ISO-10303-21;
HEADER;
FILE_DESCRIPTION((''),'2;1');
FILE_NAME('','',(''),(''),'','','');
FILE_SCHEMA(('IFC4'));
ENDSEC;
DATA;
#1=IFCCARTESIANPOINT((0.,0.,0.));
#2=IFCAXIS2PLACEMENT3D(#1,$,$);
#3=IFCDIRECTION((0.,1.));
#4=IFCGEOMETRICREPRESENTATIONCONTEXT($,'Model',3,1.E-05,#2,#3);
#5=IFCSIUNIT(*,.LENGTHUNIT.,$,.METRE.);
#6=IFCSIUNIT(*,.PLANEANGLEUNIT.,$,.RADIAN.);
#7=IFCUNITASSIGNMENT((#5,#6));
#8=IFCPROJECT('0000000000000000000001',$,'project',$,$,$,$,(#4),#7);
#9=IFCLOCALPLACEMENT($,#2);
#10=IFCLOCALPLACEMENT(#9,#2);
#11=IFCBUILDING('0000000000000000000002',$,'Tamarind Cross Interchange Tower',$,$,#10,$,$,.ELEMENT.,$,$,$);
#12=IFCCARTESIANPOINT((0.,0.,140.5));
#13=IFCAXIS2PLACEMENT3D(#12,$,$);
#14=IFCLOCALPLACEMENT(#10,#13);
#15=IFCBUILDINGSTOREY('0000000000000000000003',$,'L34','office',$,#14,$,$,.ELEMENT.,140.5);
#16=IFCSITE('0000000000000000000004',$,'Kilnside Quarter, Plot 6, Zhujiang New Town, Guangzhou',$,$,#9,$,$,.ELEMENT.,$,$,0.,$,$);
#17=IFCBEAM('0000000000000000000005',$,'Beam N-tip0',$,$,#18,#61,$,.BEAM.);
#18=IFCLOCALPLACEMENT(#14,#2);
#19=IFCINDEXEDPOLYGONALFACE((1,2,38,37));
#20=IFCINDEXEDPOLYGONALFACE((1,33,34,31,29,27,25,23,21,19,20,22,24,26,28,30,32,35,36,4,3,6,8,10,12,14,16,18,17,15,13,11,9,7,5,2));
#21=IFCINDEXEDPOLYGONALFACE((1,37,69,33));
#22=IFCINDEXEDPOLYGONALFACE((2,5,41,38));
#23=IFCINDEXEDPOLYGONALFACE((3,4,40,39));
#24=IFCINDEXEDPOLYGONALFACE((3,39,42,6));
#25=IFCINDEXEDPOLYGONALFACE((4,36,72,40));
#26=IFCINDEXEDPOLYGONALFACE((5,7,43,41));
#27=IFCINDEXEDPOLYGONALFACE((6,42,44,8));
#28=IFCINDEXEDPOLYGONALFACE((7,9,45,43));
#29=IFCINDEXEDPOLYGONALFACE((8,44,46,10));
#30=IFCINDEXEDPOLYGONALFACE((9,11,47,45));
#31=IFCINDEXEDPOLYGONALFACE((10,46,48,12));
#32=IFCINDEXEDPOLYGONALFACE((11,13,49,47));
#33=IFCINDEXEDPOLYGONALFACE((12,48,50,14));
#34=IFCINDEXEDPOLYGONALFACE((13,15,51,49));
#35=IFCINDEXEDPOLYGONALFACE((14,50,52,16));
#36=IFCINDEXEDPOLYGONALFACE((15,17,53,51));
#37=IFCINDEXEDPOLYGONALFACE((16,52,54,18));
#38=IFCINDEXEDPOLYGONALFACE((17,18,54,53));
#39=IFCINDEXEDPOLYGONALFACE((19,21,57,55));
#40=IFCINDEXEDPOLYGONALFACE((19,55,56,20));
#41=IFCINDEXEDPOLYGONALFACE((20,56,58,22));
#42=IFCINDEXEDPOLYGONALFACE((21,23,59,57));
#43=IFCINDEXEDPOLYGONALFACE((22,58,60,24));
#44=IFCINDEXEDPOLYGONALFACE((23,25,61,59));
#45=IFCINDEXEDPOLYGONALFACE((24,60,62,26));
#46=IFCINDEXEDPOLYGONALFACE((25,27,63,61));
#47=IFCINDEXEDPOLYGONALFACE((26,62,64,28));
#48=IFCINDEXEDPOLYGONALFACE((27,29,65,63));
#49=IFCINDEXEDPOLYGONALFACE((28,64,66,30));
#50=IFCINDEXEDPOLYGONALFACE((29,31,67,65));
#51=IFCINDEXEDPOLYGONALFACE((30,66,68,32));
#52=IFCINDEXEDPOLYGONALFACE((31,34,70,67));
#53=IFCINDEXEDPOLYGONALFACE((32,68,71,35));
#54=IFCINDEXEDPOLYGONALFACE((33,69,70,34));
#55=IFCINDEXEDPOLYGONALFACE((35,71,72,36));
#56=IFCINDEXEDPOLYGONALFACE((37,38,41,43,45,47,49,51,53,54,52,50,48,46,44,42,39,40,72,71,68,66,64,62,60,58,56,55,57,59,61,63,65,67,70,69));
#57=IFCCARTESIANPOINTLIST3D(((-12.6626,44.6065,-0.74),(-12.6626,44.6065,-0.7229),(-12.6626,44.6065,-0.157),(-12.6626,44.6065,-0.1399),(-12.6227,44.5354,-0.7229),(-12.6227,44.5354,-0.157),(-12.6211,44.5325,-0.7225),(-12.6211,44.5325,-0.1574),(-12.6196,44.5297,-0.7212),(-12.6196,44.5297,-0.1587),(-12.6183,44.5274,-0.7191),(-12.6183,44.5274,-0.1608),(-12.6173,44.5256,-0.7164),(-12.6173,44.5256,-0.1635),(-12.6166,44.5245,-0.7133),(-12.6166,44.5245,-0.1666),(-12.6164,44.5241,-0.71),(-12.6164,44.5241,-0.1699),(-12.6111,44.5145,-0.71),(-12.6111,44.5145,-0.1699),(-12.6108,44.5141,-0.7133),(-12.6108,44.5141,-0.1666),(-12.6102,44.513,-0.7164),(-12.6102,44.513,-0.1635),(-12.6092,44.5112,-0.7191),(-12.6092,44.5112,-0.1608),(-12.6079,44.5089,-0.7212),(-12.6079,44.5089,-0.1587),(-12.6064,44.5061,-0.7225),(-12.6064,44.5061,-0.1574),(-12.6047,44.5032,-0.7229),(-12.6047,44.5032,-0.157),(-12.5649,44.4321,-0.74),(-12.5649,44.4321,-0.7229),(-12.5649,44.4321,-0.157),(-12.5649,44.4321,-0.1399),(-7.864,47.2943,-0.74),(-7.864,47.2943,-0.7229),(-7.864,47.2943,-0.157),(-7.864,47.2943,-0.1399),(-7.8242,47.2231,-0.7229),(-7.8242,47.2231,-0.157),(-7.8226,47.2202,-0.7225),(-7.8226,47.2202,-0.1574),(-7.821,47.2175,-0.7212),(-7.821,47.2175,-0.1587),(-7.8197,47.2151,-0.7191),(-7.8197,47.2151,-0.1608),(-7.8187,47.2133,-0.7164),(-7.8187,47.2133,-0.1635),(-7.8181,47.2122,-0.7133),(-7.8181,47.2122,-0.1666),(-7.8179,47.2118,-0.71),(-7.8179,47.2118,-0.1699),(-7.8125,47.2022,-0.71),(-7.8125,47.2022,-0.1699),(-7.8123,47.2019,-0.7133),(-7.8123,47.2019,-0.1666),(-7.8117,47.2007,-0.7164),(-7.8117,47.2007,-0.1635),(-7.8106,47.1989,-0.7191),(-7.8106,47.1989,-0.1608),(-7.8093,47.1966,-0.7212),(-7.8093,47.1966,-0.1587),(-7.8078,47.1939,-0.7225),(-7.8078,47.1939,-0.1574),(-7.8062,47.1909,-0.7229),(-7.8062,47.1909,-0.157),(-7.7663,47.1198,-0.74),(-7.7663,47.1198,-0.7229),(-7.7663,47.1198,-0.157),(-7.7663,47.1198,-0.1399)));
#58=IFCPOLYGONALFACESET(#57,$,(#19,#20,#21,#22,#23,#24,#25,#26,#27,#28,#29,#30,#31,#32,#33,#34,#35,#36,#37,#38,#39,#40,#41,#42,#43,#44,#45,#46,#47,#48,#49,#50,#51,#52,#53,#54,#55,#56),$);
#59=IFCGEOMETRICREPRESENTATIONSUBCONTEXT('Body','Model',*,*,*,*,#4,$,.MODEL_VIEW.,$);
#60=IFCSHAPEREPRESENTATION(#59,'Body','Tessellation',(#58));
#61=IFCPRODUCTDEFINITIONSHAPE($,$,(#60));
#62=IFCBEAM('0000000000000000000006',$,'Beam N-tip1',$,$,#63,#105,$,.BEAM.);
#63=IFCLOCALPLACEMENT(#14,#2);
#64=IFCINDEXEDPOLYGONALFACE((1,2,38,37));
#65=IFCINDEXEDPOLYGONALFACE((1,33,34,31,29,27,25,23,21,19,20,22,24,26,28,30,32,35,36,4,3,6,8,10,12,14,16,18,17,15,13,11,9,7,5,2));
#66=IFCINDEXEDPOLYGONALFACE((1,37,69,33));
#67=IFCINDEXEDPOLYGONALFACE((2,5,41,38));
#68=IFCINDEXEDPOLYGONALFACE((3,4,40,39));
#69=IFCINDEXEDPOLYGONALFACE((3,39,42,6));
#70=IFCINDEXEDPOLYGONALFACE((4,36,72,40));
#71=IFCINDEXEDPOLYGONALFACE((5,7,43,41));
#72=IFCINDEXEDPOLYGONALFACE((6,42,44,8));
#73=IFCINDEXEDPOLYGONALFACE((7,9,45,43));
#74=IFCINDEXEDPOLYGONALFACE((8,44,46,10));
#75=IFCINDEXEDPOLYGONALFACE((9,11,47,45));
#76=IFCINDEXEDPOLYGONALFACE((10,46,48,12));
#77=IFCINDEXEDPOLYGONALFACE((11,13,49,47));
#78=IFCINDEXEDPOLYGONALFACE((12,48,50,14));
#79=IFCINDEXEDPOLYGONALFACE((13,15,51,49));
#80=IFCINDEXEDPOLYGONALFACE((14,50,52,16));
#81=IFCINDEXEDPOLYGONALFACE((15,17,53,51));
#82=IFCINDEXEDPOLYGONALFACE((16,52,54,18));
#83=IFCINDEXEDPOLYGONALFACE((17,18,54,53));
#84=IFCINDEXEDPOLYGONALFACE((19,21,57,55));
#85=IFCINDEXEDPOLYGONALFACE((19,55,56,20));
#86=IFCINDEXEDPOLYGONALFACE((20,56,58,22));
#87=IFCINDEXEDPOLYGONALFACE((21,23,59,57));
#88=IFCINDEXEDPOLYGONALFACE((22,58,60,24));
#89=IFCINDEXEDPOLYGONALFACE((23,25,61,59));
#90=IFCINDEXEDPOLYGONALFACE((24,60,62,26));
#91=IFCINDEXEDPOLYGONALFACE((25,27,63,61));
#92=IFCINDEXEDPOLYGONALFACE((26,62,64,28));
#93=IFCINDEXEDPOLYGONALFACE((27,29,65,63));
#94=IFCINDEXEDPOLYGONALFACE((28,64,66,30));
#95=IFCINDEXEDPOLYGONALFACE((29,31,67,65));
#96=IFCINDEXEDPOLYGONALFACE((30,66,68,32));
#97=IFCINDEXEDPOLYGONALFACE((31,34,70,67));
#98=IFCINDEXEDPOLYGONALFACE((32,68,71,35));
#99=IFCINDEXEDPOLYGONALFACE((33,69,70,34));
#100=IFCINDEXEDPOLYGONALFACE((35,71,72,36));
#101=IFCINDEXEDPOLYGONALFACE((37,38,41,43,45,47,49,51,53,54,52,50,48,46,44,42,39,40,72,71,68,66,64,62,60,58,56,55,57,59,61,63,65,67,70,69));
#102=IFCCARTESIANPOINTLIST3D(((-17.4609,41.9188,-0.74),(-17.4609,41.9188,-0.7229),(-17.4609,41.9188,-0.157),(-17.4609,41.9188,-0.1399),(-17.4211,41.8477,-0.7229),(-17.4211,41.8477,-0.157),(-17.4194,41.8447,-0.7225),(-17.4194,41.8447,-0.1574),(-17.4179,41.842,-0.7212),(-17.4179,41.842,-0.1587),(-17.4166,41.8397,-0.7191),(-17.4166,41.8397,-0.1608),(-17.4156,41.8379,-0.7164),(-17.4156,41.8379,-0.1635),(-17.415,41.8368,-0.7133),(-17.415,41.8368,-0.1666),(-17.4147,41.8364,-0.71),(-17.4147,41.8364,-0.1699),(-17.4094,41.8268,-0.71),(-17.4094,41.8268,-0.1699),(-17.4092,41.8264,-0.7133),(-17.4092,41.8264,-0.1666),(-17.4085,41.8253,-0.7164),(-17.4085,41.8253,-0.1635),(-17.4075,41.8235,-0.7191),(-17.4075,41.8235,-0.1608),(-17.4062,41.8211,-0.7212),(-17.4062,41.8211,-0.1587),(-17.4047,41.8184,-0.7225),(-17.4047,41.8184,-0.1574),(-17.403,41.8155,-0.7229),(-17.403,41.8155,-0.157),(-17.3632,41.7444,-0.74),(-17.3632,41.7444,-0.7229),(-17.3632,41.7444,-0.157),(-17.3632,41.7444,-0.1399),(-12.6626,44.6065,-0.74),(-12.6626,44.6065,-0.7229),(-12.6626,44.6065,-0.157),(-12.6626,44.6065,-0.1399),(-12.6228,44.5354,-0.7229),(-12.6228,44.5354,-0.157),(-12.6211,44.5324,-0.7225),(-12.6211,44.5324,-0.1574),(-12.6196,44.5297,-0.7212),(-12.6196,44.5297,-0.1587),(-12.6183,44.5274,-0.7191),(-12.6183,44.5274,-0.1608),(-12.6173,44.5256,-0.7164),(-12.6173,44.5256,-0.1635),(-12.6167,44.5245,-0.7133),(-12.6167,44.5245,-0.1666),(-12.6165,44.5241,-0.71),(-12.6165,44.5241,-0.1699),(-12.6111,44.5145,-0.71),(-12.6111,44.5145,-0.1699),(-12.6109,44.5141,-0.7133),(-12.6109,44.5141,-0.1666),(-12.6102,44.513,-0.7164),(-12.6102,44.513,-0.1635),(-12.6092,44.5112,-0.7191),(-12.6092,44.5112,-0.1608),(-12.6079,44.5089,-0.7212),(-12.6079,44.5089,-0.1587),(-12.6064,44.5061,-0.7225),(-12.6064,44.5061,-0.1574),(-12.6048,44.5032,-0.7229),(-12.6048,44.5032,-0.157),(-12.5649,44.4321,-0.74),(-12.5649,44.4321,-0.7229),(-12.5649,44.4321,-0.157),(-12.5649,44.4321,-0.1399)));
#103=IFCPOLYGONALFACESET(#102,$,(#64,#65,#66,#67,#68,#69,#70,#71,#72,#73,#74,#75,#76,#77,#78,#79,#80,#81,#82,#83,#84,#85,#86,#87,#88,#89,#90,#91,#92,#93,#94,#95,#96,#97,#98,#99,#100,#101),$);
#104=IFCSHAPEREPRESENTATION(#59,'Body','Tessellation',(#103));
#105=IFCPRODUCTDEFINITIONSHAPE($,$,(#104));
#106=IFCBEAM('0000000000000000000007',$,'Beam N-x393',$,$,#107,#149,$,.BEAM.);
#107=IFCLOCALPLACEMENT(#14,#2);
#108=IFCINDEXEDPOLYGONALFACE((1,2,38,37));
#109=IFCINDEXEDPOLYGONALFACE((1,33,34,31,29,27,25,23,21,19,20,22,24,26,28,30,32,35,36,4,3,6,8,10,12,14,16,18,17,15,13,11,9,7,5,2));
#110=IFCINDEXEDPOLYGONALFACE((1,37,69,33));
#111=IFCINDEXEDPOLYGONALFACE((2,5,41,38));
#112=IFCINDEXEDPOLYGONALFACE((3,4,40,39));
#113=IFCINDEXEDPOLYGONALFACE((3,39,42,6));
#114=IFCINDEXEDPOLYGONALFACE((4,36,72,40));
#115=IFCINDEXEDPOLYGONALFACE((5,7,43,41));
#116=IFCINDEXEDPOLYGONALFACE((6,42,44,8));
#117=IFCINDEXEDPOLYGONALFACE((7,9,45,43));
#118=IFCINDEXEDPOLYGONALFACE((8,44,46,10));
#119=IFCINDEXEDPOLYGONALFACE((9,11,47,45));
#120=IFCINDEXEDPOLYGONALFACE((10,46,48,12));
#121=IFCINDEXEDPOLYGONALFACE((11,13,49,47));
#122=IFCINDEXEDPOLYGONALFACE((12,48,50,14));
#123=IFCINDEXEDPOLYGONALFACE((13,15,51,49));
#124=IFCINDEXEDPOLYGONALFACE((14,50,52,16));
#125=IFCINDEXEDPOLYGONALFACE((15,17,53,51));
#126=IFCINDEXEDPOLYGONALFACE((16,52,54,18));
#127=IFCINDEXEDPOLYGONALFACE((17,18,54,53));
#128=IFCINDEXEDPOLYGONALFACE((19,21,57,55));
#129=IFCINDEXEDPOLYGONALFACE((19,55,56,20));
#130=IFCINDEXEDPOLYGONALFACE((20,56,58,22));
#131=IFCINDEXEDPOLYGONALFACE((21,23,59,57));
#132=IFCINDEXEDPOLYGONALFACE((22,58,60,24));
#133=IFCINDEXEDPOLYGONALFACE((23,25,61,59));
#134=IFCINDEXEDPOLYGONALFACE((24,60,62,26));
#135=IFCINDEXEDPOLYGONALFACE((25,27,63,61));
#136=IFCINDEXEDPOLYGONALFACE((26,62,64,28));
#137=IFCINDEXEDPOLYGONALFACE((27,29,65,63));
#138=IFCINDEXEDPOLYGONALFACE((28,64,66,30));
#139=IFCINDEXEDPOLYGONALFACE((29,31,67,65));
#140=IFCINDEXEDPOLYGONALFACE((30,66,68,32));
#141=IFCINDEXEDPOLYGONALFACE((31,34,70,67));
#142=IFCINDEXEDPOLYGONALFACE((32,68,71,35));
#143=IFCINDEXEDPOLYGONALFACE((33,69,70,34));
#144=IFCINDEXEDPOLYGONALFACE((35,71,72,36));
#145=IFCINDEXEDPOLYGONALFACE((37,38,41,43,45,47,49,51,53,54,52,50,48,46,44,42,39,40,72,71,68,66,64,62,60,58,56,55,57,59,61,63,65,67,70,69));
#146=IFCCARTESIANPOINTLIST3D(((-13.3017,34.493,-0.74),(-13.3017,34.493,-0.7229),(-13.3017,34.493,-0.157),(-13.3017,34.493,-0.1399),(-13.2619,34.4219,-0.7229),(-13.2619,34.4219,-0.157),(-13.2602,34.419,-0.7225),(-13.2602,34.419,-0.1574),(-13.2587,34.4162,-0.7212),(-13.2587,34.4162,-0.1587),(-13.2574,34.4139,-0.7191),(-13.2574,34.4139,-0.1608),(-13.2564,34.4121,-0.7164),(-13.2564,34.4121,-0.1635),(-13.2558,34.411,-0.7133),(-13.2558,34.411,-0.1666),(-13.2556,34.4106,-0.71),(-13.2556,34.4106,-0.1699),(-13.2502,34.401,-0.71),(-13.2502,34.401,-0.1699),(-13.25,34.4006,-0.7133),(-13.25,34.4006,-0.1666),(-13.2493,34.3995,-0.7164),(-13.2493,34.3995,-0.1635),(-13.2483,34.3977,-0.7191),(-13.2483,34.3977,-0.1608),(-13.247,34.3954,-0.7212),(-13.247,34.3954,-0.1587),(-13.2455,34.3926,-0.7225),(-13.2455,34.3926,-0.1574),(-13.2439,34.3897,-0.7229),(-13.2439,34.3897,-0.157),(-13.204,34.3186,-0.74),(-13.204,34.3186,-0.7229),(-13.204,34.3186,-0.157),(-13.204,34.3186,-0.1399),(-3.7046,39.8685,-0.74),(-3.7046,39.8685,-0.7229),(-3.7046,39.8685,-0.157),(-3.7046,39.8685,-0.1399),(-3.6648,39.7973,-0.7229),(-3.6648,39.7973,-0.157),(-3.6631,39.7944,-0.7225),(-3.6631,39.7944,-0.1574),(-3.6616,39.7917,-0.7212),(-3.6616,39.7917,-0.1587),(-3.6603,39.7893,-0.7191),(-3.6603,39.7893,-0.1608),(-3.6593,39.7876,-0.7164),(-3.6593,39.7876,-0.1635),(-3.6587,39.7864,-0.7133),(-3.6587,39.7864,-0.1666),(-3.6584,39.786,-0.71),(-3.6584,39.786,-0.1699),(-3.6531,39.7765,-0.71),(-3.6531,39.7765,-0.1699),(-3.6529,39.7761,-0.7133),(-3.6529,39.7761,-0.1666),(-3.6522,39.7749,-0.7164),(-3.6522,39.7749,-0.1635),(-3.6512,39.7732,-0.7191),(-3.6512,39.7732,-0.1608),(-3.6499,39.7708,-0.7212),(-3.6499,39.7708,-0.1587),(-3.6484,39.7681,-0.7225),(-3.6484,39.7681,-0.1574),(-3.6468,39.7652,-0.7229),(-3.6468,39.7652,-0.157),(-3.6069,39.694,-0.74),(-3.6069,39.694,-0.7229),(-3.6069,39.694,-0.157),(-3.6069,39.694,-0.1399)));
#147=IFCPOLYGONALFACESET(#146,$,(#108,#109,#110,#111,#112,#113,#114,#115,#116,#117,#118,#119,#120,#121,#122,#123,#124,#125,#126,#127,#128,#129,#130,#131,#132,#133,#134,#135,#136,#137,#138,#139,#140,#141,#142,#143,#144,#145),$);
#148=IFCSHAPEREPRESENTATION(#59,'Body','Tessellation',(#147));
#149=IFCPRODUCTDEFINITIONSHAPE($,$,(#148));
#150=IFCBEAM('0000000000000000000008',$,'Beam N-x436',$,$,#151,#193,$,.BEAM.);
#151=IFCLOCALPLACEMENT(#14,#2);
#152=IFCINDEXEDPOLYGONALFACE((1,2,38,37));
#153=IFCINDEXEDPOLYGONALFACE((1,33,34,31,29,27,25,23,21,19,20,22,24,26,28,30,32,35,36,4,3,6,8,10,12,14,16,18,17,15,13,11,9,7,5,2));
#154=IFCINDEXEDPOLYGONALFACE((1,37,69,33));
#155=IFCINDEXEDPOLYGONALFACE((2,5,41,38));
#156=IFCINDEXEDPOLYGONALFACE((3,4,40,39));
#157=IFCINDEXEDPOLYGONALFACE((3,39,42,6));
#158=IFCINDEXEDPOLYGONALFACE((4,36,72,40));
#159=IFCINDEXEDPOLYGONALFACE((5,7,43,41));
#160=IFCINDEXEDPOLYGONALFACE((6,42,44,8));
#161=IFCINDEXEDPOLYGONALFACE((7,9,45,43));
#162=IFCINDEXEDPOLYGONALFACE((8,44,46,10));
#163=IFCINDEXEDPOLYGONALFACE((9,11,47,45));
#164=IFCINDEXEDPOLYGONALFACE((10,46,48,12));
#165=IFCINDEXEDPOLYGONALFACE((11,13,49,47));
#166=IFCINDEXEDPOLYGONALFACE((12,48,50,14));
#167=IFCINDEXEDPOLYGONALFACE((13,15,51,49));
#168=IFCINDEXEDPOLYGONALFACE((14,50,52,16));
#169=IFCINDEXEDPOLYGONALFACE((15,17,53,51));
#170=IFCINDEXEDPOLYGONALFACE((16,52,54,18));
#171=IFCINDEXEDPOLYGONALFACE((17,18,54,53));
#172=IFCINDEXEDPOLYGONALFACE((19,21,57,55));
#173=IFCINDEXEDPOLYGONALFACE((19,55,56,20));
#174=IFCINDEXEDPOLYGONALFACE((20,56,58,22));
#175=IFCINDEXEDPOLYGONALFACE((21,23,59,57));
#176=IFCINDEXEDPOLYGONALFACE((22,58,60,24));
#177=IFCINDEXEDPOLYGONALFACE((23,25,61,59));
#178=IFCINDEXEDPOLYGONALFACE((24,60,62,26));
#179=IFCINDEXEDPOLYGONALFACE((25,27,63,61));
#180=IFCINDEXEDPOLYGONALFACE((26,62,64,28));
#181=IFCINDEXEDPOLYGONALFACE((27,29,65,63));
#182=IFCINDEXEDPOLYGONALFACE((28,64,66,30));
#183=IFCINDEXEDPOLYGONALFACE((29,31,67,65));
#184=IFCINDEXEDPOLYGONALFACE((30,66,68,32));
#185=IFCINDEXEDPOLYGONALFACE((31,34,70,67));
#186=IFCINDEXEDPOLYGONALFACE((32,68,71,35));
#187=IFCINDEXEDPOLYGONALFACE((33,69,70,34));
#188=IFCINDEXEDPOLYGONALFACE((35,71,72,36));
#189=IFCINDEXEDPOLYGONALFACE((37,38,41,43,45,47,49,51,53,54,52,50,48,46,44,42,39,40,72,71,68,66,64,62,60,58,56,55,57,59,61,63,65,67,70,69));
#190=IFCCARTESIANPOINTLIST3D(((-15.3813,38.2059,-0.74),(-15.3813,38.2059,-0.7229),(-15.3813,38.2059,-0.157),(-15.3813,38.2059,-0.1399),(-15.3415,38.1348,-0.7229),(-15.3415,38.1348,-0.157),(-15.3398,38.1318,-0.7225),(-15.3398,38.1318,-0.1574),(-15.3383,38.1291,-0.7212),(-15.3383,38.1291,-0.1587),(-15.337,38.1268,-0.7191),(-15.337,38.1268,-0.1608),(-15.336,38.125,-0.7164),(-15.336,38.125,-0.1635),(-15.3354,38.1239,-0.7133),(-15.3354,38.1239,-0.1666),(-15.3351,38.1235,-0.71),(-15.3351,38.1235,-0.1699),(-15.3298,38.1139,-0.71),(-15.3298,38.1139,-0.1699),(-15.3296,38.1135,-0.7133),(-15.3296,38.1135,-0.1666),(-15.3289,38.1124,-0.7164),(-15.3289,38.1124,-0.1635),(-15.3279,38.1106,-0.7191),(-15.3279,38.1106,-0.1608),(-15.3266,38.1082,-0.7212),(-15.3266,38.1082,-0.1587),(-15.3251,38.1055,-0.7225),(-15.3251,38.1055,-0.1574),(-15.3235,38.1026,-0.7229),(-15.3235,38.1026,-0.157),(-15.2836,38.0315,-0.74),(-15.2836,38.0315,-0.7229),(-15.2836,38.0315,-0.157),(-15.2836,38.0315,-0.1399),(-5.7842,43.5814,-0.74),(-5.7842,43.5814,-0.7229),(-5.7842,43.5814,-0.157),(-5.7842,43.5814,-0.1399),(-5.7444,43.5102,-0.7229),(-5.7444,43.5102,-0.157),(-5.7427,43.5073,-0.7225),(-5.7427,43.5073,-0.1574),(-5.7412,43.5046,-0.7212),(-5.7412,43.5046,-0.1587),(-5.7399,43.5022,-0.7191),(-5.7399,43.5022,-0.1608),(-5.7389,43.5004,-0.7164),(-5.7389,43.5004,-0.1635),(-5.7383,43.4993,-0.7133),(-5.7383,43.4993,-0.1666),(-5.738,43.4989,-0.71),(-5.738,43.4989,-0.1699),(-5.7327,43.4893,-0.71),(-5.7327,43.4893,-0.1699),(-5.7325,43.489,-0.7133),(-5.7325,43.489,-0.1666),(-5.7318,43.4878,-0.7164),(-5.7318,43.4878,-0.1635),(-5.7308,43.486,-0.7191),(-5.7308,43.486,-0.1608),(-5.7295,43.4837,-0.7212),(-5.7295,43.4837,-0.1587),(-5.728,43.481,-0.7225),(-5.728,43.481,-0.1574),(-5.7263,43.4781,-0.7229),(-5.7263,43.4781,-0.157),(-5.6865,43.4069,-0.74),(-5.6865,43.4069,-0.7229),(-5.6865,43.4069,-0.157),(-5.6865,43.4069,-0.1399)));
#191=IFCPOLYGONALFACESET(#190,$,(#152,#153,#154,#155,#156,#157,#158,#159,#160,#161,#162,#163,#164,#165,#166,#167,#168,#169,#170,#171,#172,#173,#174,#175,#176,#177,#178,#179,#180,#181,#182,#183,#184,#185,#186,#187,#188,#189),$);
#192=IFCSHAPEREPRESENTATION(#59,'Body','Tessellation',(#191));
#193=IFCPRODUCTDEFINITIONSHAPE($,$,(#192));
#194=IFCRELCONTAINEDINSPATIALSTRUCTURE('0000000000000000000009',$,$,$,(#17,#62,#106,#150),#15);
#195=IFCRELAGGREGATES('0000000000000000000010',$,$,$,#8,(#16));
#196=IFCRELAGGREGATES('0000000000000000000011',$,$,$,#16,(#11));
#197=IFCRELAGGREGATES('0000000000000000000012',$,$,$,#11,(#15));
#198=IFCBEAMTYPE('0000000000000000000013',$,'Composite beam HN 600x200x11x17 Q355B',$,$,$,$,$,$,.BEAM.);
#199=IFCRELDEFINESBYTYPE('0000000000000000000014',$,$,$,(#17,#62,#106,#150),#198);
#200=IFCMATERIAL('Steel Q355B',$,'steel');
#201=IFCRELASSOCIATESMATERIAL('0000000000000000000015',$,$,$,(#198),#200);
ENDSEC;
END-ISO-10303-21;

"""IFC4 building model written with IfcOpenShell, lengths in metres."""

from ifc_helpers import new_model, si_unit, direction, frame, origin, origin_2d, place, context, subcontext, project, spatial, i_section, extrude, material, material_profile, profile_set, type_object, element, save


model = new_model("IFC4")

# Units and contexts
model_context = context("Model", 3, precision=1e-05, world=origin(), true_north=direction((0.0, 1.0)))
body_context = subcontext(model_context, "Body", "Model", "MODEL_VIEW")
ifc_project = project(units=[si_unit("LENGTHUNIT", "METRE"), si_unit("PLANEANGLEUNIT", "RADIAN")], contexts=[model_context])

# Site, building, storey
site_placement = place(None, origin())
site = spatial("IfcSite", under=ifc_project, at=site_placement, Name="Kilnside Quarter, Plot 6, Zhujiang New Town, Guangzhou", CompositionType="ELEMENT", RefElevation=0.0)
building_placement = place(site_placement, origin())
building = spatial("IfcBuilding", under=site, at=building_placement, Name="Tamarind Cross Interchange Tower", CompositionType="ELEMENT")
storey_placement = place(building_placement, frame((0.0, 0.0, 140.5)))
storey = spatial("IfcBuildingStorey", under=building, at=storey_placement, Name="L34", Description="office", CompositionType="ELEMENT", Elevation=140.5)

# Beams
ifc_material_1 = material(Name="Steel Q355B", Category="steel")
ifc_material_profile_1 = material_profile(ifc_material_1, i_section(OverallWidth=0.2, OverallDepth=0.6001, WebThickness=0.011, FlangeThickness=0.0171, FilletRadius=0.0129, at=origin_2d()), Name="HN 600x200x11x17")
ifc_profile_set_1 = profile_set([ifc_material_profile_1], Name="Steel Q355B")
beam_type_1 = type_object("IfcBeamType", Name="Composite beam HN 600x200x11x17 Q355B", PredefinedType="BEAM", material=ifc_profile_set_1)
beam_1_placement = place(storey_placement, frame((-7.8152, 47.207, -0.4399), z_axis=(-0.872464, -0.488678, 0.0), x_axis=(0.488678, -0.872464, 0.0)))
element("IfcBeam", 1, at=beam_1_placement, inside=storey, type_object=beam_type_1, Name="Beam N-tip0", PredefinedType="BEAM", context=body_context, shape_type="SweptSolid", body=[
    extrude(i_section(OverallWidth=0.2, OverallDepth=0.6001, WebThickness=0.011, FlangeThickness=0.0171, FilletRadius=0.0129, at=origin_2d()), origin(), (0.0, 0.0, 1.0), 5.5),
])
beam_2_placement = place(storey_placement, frame((-12.6138, 44.5193, -0.4399), z_axis=(-0.872454, -0.488697, 0.0), x_axis=(0.488697, -0.872454, 0.0)))
element("IfcBeam", 2, at=beam_2_placement, inside=storey, type_object=beam_type_1, Name="Beam N-tip1", PredefinedType="BEAM", context=body_context, shape_type="SweptSolid", body=[
    extrude(i_section(OverallWidth=0.2, OverallDepth=0.6001, WebThickness=0.011, FlangeThickness=0.0171, FilletRadius=0.0129, at=origin_2d()), origin(), (0.0, 0.0, 1.0), 5.4998),
])
for number, where, z_axis, x_axis, name in (
    (3, (-3.6558, 39.7812, -0.4399), (-0.872464, -0.488678, 0.0), (0.488678, -0.872464, 0.0), "Beam N-x393"),
    (4, (-5.7354, 43.4941, -0.4399), (-0.872464, -0.488678, 0.0), (0.488678, -0.872464, 0.0), "Beam N-x436"),
):
    element("IfcBeam", number, at=place(storey_placement, frame(where, z_axis=z_axis, x_axis=x_axis)), inside=storey, type_object=beam_type_1, Name=name, PredefinedType="BEAM", context=body_context, shape_type="SweptSolid", body=[
        extrude(i_section(OverallWidth=0.2, OverallDepth=0.6001, WebThickness=0.011, FlangeThickness=0.0171, FilletRadius=0.0129, at=origin_2d()), origin(), (0.0, 0.0, 1.0), 11.0),
    ])

save(model, "model.ifc")
